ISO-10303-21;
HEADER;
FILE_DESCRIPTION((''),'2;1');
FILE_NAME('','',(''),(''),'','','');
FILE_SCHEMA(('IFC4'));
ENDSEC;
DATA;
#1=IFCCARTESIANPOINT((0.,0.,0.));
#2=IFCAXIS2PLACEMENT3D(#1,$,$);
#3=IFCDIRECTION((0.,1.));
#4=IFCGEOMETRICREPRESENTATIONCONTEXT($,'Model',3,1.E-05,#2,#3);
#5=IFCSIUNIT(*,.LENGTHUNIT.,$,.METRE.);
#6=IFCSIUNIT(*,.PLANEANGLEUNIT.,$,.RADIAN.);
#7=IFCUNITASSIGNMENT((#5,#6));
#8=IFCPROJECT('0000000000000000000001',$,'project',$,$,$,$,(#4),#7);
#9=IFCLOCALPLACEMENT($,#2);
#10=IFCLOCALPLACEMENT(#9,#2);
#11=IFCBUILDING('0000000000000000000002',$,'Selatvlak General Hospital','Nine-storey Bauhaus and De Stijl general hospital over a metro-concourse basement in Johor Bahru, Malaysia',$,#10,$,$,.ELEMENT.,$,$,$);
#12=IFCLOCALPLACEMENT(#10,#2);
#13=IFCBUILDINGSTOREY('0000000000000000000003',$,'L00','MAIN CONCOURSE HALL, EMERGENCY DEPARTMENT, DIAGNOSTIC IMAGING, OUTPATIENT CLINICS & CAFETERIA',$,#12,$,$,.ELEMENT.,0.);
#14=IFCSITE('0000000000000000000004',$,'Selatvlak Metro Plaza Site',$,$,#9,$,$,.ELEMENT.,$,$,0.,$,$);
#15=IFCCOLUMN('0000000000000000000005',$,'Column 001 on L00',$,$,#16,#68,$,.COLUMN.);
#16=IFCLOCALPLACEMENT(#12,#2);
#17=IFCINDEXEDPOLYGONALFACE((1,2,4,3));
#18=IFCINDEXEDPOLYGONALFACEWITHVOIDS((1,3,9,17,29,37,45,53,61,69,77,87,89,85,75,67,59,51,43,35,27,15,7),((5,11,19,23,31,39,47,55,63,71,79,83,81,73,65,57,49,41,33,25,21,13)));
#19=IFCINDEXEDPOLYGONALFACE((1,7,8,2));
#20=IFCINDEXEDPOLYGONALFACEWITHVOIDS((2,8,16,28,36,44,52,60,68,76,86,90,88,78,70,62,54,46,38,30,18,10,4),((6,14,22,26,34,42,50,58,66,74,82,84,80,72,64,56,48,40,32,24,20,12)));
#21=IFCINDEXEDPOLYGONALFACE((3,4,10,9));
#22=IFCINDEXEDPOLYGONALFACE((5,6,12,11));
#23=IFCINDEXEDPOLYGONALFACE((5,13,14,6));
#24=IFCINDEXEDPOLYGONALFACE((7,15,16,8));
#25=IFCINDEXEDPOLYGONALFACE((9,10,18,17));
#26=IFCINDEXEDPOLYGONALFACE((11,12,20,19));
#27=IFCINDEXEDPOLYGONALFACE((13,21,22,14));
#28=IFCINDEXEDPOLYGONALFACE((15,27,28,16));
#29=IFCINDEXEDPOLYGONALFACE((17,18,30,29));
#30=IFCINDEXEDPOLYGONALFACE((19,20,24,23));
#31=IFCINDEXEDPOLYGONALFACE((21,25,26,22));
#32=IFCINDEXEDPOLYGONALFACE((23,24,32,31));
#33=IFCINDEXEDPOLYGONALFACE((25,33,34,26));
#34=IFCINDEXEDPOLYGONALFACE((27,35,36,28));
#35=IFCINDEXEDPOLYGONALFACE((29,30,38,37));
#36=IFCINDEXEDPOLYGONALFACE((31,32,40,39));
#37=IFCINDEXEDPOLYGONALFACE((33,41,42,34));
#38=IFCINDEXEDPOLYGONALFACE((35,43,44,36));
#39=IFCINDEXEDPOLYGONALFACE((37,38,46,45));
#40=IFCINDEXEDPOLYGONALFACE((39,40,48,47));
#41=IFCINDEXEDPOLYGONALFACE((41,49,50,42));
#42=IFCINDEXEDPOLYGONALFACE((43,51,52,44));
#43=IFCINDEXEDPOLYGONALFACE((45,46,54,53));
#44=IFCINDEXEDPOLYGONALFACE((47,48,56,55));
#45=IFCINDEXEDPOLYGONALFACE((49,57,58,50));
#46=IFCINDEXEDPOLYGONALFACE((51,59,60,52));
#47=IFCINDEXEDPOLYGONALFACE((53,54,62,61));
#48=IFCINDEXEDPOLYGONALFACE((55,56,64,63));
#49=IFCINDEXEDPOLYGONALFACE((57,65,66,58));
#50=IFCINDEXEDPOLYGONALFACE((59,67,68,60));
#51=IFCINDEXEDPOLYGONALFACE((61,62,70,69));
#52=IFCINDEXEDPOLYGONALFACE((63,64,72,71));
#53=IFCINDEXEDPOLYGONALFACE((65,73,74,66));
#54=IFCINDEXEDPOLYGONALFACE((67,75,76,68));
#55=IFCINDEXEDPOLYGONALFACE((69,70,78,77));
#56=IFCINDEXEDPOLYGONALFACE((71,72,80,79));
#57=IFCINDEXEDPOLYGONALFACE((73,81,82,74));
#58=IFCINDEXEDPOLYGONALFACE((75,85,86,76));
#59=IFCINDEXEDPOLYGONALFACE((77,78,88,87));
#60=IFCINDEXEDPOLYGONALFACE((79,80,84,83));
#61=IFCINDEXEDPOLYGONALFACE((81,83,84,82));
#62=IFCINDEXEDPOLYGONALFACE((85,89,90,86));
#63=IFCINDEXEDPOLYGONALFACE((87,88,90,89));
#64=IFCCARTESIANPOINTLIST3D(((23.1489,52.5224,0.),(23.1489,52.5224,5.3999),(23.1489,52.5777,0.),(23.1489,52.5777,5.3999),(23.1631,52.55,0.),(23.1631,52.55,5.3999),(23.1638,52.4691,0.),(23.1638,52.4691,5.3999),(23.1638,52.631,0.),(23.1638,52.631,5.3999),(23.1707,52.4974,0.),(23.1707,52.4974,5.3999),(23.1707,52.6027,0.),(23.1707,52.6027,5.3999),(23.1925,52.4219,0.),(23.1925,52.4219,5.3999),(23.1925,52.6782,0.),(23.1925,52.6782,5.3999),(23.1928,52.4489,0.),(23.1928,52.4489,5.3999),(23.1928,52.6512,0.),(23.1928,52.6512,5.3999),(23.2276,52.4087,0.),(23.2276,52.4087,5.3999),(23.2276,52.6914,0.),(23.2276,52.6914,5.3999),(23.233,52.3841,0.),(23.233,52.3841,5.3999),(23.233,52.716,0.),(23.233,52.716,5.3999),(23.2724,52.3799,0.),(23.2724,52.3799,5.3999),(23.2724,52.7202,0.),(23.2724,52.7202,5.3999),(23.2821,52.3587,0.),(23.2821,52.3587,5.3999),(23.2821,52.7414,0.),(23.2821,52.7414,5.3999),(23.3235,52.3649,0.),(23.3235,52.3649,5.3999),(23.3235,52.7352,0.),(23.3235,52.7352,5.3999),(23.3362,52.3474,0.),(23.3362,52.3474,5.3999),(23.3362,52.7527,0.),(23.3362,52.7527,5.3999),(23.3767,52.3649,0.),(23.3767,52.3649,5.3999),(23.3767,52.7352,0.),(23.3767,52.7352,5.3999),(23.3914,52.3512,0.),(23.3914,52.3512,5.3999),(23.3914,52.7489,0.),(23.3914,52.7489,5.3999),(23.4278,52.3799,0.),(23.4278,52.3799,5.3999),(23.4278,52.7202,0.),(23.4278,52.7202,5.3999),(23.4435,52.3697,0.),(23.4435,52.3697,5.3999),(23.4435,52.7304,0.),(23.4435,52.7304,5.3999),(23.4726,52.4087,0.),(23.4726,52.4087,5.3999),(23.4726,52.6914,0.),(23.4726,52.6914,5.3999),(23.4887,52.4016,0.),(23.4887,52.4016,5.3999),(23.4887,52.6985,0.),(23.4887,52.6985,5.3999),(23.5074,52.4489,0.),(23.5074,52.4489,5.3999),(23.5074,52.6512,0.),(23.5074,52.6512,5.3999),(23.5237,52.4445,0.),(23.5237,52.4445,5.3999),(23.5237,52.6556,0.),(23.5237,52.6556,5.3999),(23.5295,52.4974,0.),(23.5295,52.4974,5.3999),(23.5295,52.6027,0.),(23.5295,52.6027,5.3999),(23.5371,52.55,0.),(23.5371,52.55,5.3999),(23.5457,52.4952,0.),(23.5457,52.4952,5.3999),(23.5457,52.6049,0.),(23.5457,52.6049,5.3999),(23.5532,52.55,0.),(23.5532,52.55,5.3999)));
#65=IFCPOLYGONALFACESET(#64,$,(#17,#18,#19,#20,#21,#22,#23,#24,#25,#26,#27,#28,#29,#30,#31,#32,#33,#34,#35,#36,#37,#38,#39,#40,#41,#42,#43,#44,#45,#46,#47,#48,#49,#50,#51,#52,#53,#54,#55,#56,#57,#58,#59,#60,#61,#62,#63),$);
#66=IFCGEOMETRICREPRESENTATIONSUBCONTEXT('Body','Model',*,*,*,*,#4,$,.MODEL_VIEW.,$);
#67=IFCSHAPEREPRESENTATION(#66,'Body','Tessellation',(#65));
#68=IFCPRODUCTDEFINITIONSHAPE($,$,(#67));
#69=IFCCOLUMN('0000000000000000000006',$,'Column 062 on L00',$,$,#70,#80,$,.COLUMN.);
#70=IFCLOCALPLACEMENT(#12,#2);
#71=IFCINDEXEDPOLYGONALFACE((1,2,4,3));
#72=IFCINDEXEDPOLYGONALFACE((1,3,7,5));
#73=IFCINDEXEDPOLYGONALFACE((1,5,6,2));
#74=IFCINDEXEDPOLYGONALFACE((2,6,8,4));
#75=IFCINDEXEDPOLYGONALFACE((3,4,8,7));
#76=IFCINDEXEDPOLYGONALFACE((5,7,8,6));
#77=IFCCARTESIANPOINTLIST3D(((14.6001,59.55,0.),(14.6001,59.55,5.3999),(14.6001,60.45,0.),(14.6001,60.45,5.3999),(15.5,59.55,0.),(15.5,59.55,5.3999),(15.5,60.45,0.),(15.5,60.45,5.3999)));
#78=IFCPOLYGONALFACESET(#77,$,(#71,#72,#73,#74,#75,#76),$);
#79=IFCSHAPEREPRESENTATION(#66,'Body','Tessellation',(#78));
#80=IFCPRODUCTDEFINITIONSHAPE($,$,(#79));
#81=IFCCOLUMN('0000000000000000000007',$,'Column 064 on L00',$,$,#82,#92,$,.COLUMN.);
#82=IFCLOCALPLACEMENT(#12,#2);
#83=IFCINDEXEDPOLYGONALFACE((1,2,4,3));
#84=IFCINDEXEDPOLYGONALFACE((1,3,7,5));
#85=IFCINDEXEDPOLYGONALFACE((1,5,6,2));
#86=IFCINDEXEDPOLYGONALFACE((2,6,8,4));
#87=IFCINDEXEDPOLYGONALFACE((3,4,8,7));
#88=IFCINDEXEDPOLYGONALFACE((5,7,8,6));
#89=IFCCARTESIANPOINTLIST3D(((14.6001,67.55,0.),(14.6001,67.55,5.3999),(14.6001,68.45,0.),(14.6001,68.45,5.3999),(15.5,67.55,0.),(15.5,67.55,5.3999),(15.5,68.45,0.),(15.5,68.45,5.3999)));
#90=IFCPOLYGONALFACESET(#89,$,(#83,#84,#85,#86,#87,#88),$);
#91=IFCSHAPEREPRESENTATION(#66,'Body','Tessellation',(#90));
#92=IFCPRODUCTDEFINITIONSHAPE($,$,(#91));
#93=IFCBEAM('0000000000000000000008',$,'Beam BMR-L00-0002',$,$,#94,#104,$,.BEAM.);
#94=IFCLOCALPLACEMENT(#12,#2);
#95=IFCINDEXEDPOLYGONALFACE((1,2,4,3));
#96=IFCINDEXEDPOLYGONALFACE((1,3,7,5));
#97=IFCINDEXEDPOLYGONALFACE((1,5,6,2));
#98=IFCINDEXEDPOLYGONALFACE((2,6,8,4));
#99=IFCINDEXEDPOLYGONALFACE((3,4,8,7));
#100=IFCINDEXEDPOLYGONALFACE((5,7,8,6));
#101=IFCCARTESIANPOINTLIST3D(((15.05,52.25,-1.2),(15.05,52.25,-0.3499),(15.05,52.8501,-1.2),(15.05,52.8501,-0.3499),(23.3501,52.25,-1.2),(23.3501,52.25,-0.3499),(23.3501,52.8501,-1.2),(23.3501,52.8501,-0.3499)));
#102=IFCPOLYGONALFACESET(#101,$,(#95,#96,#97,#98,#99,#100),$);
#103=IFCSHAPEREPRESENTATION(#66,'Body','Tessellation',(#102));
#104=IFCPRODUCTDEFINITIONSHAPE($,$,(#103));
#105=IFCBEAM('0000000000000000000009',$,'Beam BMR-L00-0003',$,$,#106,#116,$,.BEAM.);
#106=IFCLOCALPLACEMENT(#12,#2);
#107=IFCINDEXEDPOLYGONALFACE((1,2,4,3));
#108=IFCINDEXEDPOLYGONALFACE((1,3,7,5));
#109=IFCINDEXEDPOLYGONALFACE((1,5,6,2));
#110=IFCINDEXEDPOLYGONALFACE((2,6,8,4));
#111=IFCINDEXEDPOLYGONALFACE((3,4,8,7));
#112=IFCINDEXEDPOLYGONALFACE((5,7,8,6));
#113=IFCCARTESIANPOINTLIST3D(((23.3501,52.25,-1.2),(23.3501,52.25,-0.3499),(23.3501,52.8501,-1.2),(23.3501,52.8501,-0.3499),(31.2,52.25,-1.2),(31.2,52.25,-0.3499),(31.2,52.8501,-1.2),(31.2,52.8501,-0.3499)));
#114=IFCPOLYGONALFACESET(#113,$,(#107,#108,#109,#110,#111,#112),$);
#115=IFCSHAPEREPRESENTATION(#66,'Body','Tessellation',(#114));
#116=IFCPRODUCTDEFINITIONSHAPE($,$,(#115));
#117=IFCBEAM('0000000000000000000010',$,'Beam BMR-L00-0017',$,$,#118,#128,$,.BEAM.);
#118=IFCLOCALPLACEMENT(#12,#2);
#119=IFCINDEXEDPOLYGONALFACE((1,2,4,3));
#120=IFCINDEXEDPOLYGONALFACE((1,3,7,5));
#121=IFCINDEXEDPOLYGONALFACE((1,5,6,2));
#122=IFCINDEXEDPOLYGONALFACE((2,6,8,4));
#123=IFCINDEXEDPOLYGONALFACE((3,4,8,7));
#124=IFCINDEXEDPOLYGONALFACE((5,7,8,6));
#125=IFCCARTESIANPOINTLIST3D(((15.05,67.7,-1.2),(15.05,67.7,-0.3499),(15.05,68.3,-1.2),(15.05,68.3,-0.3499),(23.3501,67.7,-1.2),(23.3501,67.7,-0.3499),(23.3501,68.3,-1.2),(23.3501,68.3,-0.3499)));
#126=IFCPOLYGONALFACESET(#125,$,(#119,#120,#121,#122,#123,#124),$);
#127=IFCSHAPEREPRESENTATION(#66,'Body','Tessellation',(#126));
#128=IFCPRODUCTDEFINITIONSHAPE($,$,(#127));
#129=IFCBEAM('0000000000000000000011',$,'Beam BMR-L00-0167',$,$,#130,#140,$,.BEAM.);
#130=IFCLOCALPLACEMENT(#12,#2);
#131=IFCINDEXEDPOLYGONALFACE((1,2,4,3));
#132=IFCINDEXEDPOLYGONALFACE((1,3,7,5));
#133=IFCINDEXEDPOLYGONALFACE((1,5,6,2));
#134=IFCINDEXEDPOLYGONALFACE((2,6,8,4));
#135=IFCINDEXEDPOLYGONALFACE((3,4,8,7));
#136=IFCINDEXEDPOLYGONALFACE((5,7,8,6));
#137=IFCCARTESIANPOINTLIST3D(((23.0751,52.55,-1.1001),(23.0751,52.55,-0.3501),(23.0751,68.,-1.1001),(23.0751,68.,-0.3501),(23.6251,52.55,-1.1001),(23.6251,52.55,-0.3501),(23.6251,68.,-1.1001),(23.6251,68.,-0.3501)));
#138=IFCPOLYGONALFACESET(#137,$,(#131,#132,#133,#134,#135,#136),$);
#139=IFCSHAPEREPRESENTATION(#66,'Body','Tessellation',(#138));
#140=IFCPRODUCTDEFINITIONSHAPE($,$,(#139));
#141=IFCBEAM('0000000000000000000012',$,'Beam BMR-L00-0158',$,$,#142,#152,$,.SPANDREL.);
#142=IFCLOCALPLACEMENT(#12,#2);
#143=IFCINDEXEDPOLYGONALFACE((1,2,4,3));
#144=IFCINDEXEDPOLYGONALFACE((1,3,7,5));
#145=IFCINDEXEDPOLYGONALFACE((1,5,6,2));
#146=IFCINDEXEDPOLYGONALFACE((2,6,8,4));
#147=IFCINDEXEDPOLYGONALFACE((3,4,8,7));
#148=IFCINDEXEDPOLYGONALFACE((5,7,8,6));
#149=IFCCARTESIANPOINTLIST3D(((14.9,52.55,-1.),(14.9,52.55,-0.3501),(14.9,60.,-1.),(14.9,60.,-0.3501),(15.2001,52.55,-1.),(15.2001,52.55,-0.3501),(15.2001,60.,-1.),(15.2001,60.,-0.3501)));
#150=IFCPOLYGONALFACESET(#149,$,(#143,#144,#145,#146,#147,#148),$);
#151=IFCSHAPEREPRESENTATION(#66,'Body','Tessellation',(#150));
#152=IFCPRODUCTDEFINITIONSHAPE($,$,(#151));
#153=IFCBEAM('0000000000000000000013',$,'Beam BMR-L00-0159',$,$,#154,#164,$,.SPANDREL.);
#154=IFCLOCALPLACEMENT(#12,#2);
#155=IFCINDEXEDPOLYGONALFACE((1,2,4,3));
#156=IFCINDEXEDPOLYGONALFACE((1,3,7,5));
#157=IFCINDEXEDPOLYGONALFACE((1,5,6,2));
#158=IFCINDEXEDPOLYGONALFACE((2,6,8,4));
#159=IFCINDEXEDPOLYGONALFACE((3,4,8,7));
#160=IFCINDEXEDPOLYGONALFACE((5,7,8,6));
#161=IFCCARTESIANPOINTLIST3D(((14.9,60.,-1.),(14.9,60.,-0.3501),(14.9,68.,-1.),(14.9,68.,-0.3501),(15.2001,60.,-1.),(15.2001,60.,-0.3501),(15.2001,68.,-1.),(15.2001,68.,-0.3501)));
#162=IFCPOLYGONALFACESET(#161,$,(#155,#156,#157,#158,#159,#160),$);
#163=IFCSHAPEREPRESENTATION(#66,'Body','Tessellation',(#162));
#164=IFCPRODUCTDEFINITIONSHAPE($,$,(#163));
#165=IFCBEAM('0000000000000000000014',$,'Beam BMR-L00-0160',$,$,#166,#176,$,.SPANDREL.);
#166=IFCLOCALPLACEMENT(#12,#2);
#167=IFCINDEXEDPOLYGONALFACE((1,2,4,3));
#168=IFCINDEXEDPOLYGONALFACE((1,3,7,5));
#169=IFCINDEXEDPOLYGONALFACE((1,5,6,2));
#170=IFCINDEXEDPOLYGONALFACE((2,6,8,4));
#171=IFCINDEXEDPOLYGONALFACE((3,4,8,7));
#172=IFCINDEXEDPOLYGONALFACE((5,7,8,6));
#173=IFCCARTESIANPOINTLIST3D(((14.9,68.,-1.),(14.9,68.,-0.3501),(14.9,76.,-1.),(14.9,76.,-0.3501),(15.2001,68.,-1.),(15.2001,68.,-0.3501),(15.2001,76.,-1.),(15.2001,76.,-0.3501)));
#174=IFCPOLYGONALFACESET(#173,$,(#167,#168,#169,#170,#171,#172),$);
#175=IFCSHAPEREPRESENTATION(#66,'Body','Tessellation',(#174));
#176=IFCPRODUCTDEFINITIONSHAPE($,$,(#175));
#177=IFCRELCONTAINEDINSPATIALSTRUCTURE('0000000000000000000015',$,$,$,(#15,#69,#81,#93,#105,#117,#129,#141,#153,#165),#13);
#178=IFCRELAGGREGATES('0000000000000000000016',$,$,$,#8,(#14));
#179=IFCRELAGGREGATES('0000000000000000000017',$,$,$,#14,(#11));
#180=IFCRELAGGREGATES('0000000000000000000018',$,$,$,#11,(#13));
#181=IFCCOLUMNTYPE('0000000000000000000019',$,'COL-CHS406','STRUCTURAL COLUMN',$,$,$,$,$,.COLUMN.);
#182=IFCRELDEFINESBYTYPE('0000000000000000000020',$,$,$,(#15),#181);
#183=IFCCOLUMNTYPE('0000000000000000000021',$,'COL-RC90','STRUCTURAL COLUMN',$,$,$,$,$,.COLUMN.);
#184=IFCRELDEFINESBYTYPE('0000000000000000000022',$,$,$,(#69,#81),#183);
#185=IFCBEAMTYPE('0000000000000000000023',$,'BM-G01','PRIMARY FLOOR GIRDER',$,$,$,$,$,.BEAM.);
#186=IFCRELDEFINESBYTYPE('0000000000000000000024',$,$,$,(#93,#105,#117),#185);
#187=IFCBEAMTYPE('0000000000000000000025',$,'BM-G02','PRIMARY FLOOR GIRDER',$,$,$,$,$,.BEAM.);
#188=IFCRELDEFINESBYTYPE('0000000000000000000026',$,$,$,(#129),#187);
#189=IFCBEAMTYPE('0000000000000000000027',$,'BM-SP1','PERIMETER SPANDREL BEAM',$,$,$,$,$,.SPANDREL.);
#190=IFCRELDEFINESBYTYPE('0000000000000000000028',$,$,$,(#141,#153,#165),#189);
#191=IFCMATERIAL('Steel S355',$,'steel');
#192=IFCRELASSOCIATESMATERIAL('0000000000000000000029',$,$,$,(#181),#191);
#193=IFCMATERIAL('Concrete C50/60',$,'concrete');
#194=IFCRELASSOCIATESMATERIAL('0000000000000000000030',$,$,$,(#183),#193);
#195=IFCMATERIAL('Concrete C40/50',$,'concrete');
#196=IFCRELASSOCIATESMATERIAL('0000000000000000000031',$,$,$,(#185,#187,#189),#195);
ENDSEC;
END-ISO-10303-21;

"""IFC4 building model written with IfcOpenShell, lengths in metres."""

from ifc_helpers import new_model, si_unit, direction, frame, origin, origin_2d, place, context, subcontext, project, spatial, rectangle, hollow_circle, extrude, material, material_profile, profile_set, type_object, element, save


model = new_model("IFC4")

# Units and contexts
model_context = context("Model", 3, precision=1e-05, world=origin(), true_north=direction((0.0, 1.0)))
body_context = subcontext(model_context, "Body", "Model", "MODEL_VIEW")
ifc_project = project(units=[si_unit("LENGTHUNIT", "METRE"), si_unit("PLANEANGLEUNIT", "RADIAN")], contexts=[model_context])

# Site, building, storey
site_placement = place(None, origin())
site = spatial("IfcSite", under=ifc_project, at=site_placement, Name="Selatvlak Metro Plaza Site", CompositionType="ELEMENT", RefElevation=0.0)
building_placement = place(site_placement, origin())
building = spatial("IfcBuilding", under=site, at=building_placement, Name="Selatvlak General Hospital", Description="Nine-storey Bauhaus and De Stijl general hospital over a metro-concourse basement in Johor Bahru, Malaysia", CompositionType="ELEMENT")
storey_placement = place(building_placement, origin())
storey = spatial("IfcBuildingStorey", under=building, at=storey_placement, Name="L00", Description="MAIN CONCOURSE HALL, EMERGENCY DEPARTMENT, DIAGNOSTIC IMAGING, OUTPATIENT CLINICS & CAFETERIA", CompositionType="ELEMENT", Elevation=0.0)

# Columns
ifc_material_1 = material(Name="Steel S355", Category="steel")
ifc_material_profile_1 = material_profile(ifc_material_1, hollow_circle(Radius=0.2031, WallThickness=0.0161, at=origin_2d()), Name="CHS 406.4x16")
ifc_profile_set_1 = profile_set([ifc_material_profile_1], Name="Steel S355")
column_type_1 = type_object("IfcColumnType", Name="COL-CHS406", Description="STRUCTURAL COLUMN", PredefinedType="COLUMN", material=ifc_profile_set_1)
column_placement = place(storey_placement, frame((23.3501, 52.55, 0.0), z_axis=(0.0, 0.0, 1.0), x_axis=(1.0, 0.0, 0.0)))
element("IfcColumn", 1, at=column_placement, inside=storey, type_object=column_type_1, Name="Column 001 on L00", PredefinedType="COLUMN", context=body_context, shape_type="SweptSolid", body=[
    extrude(hollow_circle(Radius=0.2031, WallThickness=0.0161, at=origin_2d()), origin(), (0.0, 0.0, 1.0), 5.3999),
])
ifc_material_2 = material(Name="Concrete C50/60", Category="concrete")
ifc_material_profile_2 = material_profile(ifc_material_2, rectangle(XDim=0.8999, YDim=0.8999, at=origin_2d()), Name="RC-COL 900x900")
ifc_profile_set_2 = profile_set([ifc_material_profile_2], Name="Concrete C50/60")
column_type_2 = type_object("IfcColumnType", Name="COL-RC90", Description="STRUCTURAL COLUMN", PredefinedType="COLUMN", material=ifc_profile_set_2)
for number, where, z_axis, x_axis, name in (
    (2, (15.05, 60.0, 0.0), (0.0, 0.0, 1.0), (1.0, 0.0, 0.0), "Column 062 on L00"),
    (3, (15.05, 68.0, 0.0), (0.0, 0.0, 1.0), (1.0, 0.0, 0.0), "Column 064 on L00"),
):
    element("IfcColumn", number, at=place(storey_placement, frame(where, z_axis=z_axis, x_axis=x_axis)), inside=storey, type_object=column_type_2, Name=name, PredefinedType="COLUMN", context=body_context, shape_type="SweptSolid", body=[
        extrude(rectangle(XDim=0.8999, YDim=0.8999, at=origin_2d()), origin(), (0.0, 0.0, 1.0), 5.3999),
    ])

# Beams
ifc_material_3 = material(Name="Concrete C40/50", Category="concrete")
ifc_material_profile_3 = material_profile(ifc_material_3, rectangle(XDim=0.6001, YDim=0.8501, at=origin_2d()), Name="RC-BM 600x850")
ifc_profile_set_3 = profile_set([ifc_material_profile_3], Name="Concrete C40/50")
beam_type_1 = type_object("IfcBeamType", Name="BM-G01", Description="PRIMARY FLOOR GIRDER", PredefinedType="BEAM", material=ifc_profile_set_3)
beam_1_placement = place(storey_placement, frame((15.05, 52.55, -0.7749), z_axis=(1.0, 0.0, 0.0), x_axis=(0.0, 1.0, 0.0)))
element("IfcBeam", 4, at=beam_1_placement, inside=storey, type_object=beam_type_1, Name="Beam BMR-L00-0002", PredefinedType="BEAM", context=body_context, shape_type="SweptSolid", body=[
    extrude(rectangle(XDim=0.6001, YDim=0.8501, at=origin_2d()), origin(), (0.0, 0.0, 1.0), 8.3),
])
beam_2_placement = place(storey_placement, frame((23.3501, 52.55, -0.7749), z_axis=(1.0, 0.0, 0.0), x_axis=(0.0, 1.0, 0.0)))
element("IfcBeam", 5, at=beam_2_placement, inside=storey, type_object=beam_type_1, Name="Beam BMR-L00-0003", PredefinedType="BEAM", context=body_context, shape_type="SweptSolid", body=[
    extrude(rectangle(XDim=0.6001, YDim=0.8501, at=origin_2d()), origin(), (0.0, 0.0, 1.0), 7.8499),
])
beam_3_placement = place(storey_placement, frame((15.05, 68.0, -0.7749), z_axis=(1.0, 0.0, 0.0), x_axis=(0.0, 1.0, 0.0)))
element("IfcBeam", 6, at=beam_3_placement, inside=storey, type_object=beam_type_1, Name="Beam BMR-L00-0017", PredefinedType="BEAM", context=body_context, shape_type="SweptSolid", body=[
    extrude(rectangle(XDim=0.6001, YDim=0.8501, at=origin_2d()), origin(), (0.0, 0.0, 1.0), 8.3),
])
ifc_material_profile_4 = material_profile(ifc_material_3, rectangle(XDim=0.55, YDim=0.75, at=origin_2d()), Name="RC-BM 550x750")
ifc_profile_set_4 = profile_set([ifc_material_profile_4], Name="Concrete C40/50")
beam_type_2 = type_object("IfcBeamType", Name="BM-G02", Description="PRIMARY FLOOR GIRDER", PredefinedType="BEAM", material=ifc_profile_set_4)
beam_4_placement = place(storey_placement, frame((23.3501, 52.55, -0.7251), z_axis=(0.0, 1.0, 0.0), x_axis=(-1.0, 0.0, 0.0)))
element("IfcBeam", 7, at=beam_4_placement, inside=storey, type_object=beam_type_2, Name="Beam BMR-L00-0167", PredefinedType="BEAM", context=body_context, shape_type="SweptSolid", body=[
    extrude(rectangle(XDim=0.55, YDim=0.75, at=origin_2d()), origin(), (0.0, 0.0, 1.0), 15.45),
])
ifc_material_profile_5 = material_profile(ifc_material_3, rectangle(XDim=0.3, YDim=0.6499, at=origin_2d()), Name="RC-SP 300x650")
ifc_profile_set_5 = profile_set([ifc_material_profile_5], Name="Concrete C40/50")
beam_type_3 = type_object("IfcBeamType", Name="BM-SP1", Description="PERIMETER SPANDREL BEAM", PredefinedType="SPANDREL", material=ifc_profile_set_5)
beam_5_placement = place(storey_placement, frame((15.05, 52.55, -0.675), z_axis=(0.0, 1.0, 0.0), x_axis=(-1.0, 0.0, 0.0)))
element("IfcBeam", 8, at=beam_5_placement, inside=storey, type_object=beam_type_3, Name="Beam BMR-L00-0158", PredefinedType="SPANDREL", context=body_context, shape_type="SweptSolid", body=[
    extrude(rectangle(XDim=0.3, YDim=0.6499, at=origin_2d()), origin(), (0.0, 0.0, 1.0), 7.45),
])
for number, where, z_axis, x_axis, name in (
    (9, (15.05, 60.0, -0.675), (0.0, 1.0, 0.0), (-1.0, 0.0, 0.0), "Beam BMR-L00-0159"),
    (10, (15.05, 68.0, -0.675), (0.0, 1.0, 0.0), (-1.0, 0.0, 0.0), "Beam BMR-L00-0160"),
):
    element("IfcBeam", number, at=place(storey_placement, frame(where, z_axis=z_axis, x_axis=x_axis)), inside=storey, type_object=beam_type_3, Name=name, PredefinedType="SPANDREL", context=body_context, shape_type="SweptSolid", body=[
        extrude(rectangle(XDim=0.3, YDim=0.6499, at=origin_2d()), origin(), (0.0, 0.0, 1.0), 8.0),
    ])

save(model, "model.ifc")
